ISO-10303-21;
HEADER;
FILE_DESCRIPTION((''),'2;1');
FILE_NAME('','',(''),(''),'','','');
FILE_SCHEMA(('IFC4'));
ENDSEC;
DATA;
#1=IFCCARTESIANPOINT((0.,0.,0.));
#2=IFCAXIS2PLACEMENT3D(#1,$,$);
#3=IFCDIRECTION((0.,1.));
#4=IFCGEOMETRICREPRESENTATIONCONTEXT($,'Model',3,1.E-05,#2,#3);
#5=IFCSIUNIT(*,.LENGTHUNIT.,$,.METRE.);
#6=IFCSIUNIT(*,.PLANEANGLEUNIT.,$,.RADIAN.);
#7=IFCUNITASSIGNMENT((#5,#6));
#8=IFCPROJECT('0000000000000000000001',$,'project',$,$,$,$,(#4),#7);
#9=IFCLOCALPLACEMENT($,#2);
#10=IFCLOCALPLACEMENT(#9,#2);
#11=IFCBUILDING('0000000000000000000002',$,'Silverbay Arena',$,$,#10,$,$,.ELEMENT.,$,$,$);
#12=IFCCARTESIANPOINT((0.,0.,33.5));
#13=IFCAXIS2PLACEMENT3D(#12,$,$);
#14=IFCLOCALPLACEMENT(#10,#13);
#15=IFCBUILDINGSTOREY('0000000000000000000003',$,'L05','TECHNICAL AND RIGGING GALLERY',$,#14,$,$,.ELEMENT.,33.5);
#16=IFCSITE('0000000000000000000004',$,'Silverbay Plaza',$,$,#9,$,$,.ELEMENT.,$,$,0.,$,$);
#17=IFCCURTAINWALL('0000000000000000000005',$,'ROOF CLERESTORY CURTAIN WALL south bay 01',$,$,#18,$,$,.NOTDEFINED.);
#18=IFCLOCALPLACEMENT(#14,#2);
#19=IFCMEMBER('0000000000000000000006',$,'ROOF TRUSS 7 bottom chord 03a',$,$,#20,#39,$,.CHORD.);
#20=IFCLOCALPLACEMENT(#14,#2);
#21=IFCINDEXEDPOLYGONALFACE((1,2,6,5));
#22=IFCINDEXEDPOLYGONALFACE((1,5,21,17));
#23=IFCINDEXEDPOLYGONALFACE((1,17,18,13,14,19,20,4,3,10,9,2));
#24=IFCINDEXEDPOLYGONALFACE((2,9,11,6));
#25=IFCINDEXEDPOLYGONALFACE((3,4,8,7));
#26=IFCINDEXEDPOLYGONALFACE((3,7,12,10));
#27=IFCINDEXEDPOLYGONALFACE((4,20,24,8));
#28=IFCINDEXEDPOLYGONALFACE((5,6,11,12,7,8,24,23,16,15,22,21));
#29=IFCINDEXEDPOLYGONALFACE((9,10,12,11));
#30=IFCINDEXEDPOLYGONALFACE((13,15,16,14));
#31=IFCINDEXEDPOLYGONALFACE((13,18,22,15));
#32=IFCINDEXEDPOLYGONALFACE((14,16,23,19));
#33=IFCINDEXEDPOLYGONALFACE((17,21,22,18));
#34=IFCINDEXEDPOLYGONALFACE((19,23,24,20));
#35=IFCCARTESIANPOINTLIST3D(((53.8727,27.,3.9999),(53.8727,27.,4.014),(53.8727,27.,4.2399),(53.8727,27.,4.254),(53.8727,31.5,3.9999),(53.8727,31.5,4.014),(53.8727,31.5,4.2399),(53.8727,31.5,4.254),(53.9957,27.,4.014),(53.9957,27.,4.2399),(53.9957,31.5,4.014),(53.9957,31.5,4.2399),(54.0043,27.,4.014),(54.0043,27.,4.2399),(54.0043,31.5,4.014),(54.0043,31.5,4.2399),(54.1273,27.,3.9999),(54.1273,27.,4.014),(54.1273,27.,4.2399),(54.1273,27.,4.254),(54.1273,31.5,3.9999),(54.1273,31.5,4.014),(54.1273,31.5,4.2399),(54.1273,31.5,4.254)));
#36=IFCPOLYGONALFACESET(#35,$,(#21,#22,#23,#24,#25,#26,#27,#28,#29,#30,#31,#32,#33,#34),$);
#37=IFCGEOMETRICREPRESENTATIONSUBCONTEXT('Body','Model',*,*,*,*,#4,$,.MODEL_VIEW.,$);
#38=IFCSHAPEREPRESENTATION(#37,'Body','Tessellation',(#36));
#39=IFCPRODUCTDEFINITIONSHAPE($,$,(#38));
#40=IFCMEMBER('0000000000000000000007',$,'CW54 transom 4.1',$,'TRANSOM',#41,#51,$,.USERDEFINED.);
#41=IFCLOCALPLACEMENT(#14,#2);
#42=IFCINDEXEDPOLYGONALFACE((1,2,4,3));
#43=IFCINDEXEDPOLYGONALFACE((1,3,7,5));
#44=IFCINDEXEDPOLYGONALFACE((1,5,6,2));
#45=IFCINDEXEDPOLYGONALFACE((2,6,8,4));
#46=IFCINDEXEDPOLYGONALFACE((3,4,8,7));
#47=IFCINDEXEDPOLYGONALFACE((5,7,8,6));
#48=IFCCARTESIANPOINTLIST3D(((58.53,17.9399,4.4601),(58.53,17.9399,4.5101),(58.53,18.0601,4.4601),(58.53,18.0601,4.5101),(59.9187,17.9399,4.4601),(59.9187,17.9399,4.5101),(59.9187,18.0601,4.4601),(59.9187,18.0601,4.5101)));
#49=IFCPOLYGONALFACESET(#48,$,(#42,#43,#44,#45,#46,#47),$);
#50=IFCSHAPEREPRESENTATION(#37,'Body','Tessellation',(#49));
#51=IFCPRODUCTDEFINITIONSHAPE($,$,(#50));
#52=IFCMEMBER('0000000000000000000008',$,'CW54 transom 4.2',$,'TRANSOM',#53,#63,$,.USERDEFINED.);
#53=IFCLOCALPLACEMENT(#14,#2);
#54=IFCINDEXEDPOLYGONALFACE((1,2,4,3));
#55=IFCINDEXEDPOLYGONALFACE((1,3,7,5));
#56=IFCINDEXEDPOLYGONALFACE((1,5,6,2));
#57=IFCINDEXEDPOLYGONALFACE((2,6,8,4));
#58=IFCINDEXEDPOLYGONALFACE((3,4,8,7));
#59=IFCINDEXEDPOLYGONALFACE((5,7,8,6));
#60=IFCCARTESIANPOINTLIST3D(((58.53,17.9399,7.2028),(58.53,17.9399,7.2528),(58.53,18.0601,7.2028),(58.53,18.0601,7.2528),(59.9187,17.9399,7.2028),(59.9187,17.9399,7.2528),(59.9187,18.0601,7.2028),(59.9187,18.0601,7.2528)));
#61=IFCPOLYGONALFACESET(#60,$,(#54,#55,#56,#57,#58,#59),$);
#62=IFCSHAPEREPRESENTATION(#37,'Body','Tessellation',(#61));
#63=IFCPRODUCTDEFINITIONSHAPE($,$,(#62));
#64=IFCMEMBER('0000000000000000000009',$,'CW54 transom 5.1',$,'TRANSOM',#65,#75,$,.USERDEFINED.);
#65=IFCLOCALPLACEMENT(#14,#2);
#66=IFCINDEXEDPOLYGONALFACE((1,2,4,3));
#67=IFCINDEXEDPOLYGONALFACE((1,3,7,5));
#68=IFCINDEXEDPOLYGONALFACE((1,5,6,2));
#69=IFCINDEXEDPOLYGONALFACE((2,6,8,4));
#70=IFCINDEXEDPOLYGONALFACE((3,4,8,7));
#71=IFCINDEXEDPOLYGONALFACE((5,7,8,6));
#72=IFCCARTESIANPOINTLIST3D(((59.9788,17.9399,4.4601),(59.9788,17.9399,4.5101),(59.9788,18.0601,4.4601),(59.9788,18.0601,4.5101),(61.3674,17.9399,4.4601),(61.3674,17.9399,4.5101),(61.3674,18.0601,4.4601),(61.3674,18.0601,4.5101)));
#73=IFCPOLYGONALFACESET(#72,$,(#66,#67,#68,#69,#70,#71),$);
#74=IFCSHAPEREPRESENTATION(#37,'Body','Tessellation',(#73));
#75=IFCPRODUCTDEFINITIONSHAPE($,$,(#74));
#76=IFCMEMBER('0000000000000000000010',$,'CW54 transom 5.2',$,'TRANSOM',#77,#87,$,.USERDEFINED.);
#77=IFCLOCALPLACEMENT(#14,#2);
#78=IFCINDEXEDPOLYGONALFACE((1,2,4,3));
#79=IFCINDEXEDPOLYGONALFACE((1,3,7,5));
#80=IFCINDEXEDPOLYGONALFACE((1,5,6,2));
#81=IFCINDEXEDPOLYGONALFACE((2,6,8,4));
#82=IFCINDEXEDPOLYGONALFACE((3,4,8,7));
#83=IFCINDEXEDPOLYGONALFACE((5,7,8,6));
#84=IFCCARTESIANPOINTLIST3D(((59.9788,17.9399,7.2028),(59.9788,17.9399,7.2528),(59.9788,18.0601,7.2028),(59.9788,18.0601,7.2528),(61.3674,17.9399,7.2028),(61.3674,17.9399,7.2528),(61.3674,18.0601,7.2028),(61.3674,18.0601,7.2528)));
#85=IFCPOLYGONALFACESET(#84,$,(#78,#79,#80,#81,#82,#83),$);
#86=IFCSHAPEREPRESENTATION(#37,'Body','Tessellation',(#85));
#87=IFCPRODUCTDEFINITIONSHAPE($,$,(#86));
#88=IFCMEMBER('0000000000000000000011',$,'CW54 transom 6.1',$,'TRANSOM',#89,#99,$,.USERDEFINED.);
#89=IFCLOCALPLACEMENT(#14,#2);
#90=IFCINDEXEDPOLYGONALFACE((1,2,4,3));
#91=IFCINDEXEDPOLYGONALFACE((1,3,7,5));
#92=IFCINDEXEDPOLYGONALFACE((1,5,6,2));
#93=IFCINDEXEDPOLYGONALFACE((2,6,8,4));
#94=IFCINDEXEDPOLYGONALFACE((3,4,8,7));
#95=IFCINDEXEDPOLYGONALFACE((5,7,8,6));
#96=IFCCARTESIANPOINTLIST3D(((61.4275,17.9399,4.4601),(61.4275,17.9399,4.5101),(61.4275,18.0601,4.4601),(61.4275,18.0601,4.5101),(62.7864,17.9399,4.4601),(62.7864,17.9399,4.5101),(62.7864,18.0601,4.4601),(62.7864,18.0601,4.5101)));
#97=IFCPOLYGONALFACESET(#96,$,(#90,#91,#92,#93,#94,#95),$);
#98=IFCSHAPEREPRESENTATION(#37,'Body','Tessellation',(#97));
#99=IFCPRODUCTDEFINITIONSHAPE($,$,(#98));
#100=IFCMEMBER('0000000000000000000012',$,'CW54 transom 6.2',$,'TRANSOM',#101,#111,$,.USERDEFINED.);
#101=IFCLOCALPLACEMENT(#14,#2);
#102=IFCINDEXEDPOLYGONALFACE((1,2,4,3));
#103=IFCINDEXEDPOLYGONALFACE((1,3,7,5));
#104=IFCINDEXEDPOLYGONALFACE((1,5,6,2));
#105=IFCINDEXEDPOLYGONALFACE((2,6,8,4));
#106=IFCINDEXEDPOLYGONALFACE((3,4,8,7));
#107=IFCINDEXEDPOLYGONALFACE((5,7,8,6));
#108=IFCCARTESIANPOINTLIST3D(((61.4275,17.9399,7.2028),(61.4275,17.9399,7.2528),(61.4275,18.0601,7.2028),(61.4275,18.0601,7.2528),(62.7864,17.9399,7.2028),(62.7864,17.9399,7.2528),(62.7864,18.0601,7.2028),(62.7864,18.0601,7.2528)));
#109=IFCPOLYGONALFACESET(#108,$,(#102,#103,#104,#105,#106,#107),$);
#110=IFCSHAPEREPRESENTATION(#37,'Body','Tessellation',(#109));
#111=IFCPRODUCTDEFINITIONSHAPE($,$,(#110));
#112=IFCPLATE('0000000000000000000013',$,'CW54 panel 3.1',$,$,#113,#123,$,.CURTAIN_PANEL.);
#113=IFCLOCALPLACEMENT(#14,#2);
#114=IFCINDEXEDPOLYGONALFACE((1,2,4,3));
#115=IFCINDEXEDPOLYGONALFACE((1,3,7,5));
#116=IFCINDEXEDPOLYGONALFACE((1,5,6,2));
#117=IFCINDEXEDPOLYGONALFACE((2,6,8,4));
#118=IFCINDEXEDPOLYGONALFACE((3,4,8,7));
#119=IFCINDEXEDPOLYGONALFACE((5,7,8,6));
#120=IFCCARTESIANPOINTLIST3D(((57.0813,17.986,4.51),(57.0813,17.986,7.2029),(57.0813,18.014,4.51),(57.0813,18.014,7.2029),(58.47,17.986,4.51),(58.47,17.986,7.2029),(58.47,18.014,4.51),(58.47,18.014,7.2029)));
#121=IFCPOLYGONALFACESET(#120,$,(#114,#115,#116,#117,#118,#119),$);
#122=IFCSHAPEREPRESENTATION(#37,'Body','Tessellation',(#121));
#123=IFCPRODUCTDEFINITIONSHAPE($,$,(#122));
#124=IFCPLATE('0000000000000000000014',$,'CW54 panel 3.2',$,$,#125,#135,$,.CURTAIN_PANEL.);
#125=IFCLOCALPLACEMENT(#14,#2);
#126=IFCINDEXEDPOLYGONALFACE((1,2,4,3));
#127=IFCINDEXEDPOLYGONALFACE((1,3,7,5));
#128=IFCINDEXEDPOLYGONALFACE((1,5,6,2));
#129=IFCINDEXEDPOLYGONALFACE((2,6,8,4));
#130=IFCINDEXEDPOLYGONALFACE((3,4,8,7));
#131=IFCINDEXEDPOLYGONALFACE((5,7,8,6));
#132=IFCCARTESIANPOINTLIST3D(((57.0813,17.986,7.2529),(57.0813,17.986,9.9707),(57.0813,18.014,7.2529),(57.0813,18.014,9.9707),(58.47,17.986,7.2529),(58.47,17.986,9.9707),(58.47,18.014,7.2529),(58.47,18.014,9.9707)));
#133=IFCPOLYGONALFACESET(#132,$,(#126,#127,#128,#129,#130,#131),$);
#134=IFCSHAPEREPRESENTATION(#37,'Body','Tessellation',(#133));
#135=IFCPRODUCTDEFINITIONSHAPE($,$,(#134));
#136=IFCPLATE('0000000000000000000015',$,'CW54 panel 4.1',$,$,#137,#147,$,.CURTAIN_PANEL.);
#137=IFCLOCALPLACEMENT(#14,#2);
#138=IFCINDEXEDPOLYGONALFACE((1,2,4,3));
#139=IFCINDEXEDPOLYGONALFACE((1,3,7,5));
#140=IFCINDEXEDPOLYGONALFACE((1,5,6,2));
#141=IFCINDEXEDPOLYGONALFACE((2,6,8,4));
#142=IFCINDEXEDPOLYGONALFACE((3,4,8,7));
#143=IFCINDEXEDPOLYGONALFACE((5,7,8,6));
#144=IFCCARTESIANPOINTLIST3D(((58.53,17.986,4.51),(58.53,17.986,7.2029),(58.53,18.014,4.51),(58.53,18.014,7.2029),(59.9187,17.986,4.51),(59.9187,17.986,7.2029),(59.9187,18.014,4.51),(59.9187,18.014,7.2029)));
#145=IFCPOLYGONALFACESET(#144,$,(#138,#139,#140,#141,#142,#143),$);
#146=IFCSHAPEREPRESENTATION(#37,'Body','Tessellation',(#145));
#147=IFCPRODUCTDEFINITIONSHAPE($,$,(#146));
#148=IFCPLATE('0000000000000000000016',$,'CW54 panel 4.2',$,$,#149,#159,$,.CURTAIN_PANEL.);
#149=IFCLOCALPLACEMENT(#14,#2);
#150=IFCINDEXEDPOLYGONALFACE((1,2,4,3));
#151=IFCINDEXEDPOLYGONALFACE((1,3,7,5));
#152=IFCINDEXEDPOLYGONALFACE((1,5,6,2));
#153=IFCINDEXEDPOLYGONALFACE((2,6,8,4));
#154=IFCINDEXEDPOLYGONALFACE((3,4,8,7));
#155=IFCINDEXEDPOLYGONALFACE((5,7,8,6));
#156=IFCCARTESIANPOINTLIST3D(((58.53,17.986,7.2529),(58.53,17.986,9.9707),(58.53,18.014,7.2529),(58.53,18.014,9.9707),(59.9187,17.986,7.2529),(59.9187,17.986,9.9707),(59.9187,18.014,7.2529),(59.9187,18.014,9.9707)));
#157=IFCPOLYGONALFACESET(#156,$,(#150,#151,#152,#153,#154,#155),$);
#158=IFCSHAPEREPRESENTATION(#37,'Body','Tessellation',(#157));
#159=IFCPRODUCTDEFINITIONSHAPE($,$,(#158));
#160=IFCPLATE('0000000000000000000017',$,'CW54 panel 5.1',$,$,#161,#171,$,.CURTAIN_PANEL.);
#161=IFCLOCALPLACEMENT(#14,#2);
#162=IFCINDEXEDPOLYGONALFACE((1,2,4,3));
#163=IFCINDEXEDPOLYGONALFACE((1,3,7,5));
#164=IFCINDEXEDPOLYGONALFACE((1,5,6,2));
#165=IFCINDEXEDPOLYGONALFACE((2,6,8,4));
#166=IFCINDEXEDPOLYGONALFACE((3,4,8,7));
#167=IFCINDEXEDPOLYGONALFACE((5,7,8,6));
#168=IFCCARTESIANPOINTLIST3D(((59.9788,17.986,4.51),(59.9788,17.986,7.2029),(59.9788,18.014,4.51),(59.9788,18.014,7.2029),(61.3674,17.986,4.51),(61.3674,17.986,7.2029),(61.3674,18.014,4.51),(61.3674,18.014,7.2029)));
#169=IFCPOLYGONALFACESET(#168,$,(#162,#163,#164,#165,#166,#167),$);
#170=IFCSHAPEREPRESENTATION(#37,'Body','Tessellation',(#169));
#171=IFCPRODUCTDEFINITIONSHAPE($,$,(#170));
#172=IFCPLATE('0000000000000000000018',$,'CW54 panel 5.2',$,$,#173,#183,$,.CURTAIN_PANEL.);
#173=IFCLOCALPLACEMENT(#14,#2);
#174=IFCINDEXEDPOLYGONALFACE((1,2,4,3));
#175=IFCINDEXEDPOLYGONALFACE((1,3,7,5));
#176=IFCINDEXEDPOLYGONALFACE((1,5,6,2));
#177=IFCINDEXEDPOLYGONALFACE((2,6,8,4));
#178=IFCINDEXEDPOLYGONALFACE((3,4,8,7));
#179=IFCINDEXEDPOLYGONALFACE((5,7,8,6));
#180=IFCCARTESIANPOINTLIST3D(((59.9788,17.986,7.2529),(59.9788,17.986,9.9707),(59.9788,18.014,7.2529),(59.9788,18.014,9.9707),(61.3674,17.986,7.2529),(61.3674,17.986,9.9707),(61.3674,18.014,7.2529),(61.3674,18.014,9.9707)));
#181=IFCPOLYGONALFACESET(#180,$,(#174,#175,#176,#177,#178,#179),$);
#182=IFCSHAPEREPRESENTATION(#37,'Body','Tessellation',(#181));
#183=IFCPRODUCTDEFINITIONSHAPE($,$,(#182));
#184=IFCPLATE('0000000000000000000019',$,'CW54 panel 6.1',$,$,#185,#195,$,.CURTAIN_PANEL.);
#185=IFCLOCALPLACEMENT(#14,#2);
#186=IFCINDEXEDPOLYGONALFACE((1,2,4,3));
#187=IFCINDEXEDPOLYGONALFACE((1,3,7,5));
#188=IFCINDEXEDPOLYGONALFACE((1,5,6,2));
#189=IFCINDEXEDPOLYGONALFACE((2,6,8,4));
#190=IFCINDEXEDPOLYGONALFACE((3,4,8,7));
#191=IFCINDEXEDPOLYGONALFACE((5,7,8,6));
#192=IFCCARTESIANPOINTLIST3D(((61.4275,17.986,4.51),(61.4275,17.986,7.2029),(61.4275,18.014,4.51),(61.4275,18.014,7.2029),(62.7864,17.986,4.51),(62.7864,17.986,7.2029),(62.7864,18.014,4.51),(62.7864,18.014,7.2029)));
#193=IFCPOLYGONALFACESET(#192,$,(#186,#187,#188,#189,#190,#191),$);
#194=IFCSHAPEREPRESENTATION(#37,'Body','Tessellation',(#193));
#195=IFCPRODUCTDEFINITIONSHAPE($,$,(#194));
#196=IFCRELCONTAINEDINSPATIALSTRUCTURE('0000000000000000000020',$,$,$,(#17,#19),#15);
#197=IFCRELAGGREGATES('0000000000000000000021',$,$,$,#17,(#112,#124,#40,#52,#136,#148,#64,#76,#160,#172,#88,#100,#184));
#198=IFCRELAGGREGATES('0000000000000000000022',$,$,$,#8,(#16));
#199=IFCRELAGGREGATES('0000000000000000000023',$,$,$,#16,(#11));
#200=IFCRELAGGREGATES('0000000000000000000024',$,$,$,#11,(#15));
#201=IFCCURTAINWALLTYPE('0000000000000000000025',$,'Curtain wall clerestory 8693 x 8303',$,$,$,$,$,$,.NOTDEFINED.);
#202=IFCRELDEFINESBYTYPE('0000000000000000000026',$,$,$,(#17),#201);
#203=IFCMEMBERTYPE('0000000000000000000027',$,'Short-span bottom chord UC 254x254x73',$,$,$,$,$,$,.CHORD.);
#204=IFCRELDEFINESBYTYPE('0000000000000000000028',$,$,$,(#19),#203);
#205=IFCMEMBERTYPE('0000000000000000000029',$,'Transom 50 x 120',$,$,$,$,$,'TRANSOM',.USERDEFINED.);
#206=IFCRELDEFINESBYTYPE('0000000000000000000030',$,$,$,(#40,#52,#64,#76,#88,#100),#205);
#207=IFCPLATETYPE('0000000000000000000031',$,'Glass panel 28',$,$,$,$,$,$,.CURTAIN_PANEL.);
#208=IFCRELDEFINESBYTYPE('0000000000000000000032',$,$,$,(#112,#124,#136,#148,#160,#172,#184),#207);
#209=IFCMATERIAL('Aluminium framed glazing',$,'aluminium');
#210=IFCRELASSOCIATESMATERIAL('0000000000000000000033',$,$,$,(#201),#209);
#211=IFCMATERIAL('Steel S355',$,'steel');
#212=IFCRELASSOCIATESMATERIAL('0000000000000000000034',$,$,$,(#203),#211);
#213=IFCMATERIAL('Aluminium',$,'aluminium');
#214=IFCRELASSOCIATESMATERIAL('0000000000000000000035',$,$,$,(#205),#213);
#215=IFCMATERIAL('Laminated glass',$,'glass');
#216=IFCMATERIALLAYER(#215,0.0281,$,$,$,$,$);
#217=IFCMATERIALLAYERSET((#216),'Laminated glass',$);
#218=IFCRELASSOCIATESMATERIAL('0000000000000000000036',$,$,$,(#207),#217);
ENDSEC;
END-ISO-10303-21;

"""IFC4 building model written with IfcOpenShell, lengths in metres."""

from ifc_helpers import new_model, si_unit, direction, frame, origin, origin_2d, place, context, subcontext, project, spatial, rectangle, i_section, extrude, material, layer, layer_set, material_profile, profile_set, type_object, element, aggregate, save


model = new_model("IFC4")

# Units and contexts
model_context = context("Model", 3, precision=1e-05, world=origin(), true_north=direction((0.0, 1.0)))
body_context = subcontext(model_context, "Body", "Model", "MODEL_VIEW")
ifc_project = project(units=[si_unit("LENGTHUNIT", "METRE"), si_unit("PLANEANGLEUNIT", "RADIAN")], contexts=[model_context])

# Site, building, storey
site_placement = place(None, origin())
site = spatial("IfcSite", under=ifc_project, at=site_placement, Name="Silverbay Plaza", CompositionType="ELEMENT", RefElevation=0.0)
building_placement = place(site_placement, origin())
building = spatial("IfcBuilding", under=site, at=building_placement, Name="Silverbay Arena", CompositionType="ELEMENT")
storey_placement = place(building_placement, frame((0.0, 0.0, 33.5)))
storey = spatial("IfcBuildingStorey", under=building, at=storey_placement, Name="L05", Description="TECHNICAL AND RIGGING GALLERY", CompositionType="ELEMENT", Elevation=33.5)

# Curtain wall
ifc_material_1 = material(Name="Aluminium framed glazing", Category="aluminium")
curtain_wall_type_1 = type_object("IfcCurtainWallType", Name="Curtain wall clerestory 8693 x 8303", PredefinedType="NOTDEFINED", material=ifc_material_1)
curtain_wall_1_placement = place(storey_placement, origin())
curtain_wall_1 = element("IfcCurtainWall", 1, at=curtain_wall_1_placement, inside=storey, type_object=curtain_wall_type_1, Name="ROOF CLERESTORY CURTAIN WALL south bay 01", PredefinedType="NOTDEFINED")

# Member
ifc_material_2 = material(Name="Steel S355", Category="steel")
ifc_material_profile_1 = material_profile(ifc_material_2, i_section(OverallWidth=0.2546, OverallDepth=0.2542, WebThickness=0.0085, FlangeThickness=0.0142, at=origin_2d()), Name="UC 254x254x73")
ifc_profile_set_1 = profile_set([ifc_material_profile_1], Name="Steel S355")
member_type_1 = type_object("IfcMemberType", Name="Short-span bottom chord UC 254x254x73", PredefinedType="CHORD", material=ifc_profile_set_1)
for number, where, z_axis, x_axis, name in (
    (2, (54.0, 27.0, 4.127), (0.0, 1.0, 0.0), (-1.0, 0.0, 0.0), "ROOF TRUSS 7 bottom chord 03a"),
):
    element("IfcMember", number, at=place(storey_placement, frame(where, z_axis=z_axis, x_axis=x_axis)), inside=storey, type_object=member_type_1, Name=name, PredefinedType="CHORD", context=body_context, shape_type="SweptSolid", body=[
        extrude(i_section(OverallWidth=0.2546, OverallDepth=0.2542, WebThickness=0.0085, FlangeThickness=0.0142, at=origin_2d()), origin(), (0.0, 0.0, 1.0), 4.5),
    ])

# Members
ifc_material_3 = material(Name="Aluminium", Category="aluminium")
ifc_material_profile_2 = material_profile(ifc_material_3, rectangle(XDim=0.1201, YDim=0.05, at=origin_2d()), Name="Transom 50 x 120")
ifc_profile_set_2 = profile_set([ifc_material_profile_2], Name="Aluminium")
member_type_2 = type_object("IfcMemberType", Name="Transom 50 x 120", ElementType="TRANSOM", PredefinedType="USERDEFINED", material=ifc_profile_set_2)
member_1_placement = place(storey_placement, frame((58.53, 18.0, 4.4851), z_axis=(1.0, 0.0, 0.0), x_axis=(0.0, 1.0, 0.0)))
member_1 = element("IfcMember", 3, at=member_1_placement, type_object=member_type_2, Name="CW54 transom 4.1", ObjectType="TRANSOM", PredefinedType="USERDEFINED", context=body_context, shape_type="SweptSolid", body=[
    extrude(rectangle(XDim=0.1201, YDim=0.05, at=origin_2d()), origin(), (0.0, 0.0, 1.0), 1.3887),
])
member_2_placement = place(storey_placement, frame((58.53, 18.0, 7.2278), z_axis=(1.0, 0.0, 0.0), x_axis=(0.0, 1.0, 0.0)))
member_2 = element("IfcMember", 4, at=member_2_placement, type_object=member_type_2, Name="CW54 transom 4.2", ObjectType="TRANSOM", PredefinedType="USERDEFINED", context=body_context, shape_type="SweptSolid", body=[
    extrude(rectangle(XDim=0.1201, YDim=0.05, at=origin_2d()), origin(), (0.0, 0.0, 1.0), 1.3887),
])
member_3_placement = place(storey_placement, frame((59.9788, 18.0, 4.4851), z_axis=(1.0, 0.0, 0.0), x_axis=(0.0, 1.0, 0.0)))
member_3 = element("IfcMember", 5, at=member_3_placement, type_object=member_type_2, Name="CW54 transom 5.1", ObjectType="TRANSOM", PredefinedType="USERDEFINED", context=body_context, shape_type="SweptSolid", body=[
    extrude(rectangle(XDim=0.1201, YDim=0.05, at=origin_2d()), origin(), (0.0, 0.0, 1.0), 1.3887),
])
member_4_placement = place(storey_placement, frame((59.9788, 18.0, 7.2278), z_axis=(1.0, 0.0, 0.0), x_axis=(0.0, 1.0, 0.0)))
member_4 = element("IfcMember", 6, at=member_4_placement, type_object=member_type_2, Name="CW54 transom 5.2", ObjectType="TRANSOM", PredefinedType="USERDEFINED", context=body_context, shape_type="SweptSolid", body=[
    extrude(rectangle(XDim=0.1201, YDim=0.05, at=origin_2d()), origin(), (0.0, 0.0, 1.0), 1.3887),
])
member_5_placement = place(storey_placement, frame((61.4275, 18.0, 4.4851), z_axis=(1.0, 0.0, 0.0), x_axis=(0.0, 1.0, 0.0)))
member_5 = element("IfcMember", 7, at=member_5_placement, type_object=member_type_2, Name="CW54 transom 6.1", ObjectType="TRANSOM", PredefinedType="USERDEFINED", context=body_context, shape_type="SweptSolid", body=[
    extrude(rectangle(XDim=0.1201, YDim=0.05, at=origin_2d()), origin(), (0.0, 0.0, 1.0), 1.3589),
])
member_6_placement = place(storey_placement, frame((61.4275, 18.0, 7.2278), z_axis=(1.0, 0.0, 0.0), x_axis=(0.0, 1.0, 0.0)))
member_6 = element("IfcMember", 8, at=member_6_placement, type_object=member_type_2, Name="CW54 transom 6.2", ObjectType="TRANSOM", PredefinedType="USERDEFINED", context=body_context, shape_type="SweptSolid", body=[
    extrude(rectangle(XDim=0.1201, YDim=0.05, at=origin_2d()), origin(), (0.0, 0.0, 1.0), 1.3589),
])

# Plates
ifc_material_4 = material(Name="Laminated glass", Category="glass")
ifc_layer_1 = layer(ifc_material_4, 0.0281)
ifc_layer_set_1 = layer_set([ifc_layer_1], Name="Laminated glass")
plate_type = type_object("IfcPlateType", Name="Glass panel 28", PredefinedType="CURTAIN_PANEL", material=ifc_layer_set_1)
plate_1_placement = place(storey_placement, frame((57.7756, 18.0, 4.51), z_axis=(0.0, 0.0, 1.0), x_axis=(1.0, 0.0, 0.0)))
plate_1 = element("IfcPlate", 9, at=plate_1_placement, type_object=plate_type, Name="CW54 panel 3.1", PredefinedType="CURTAIN_PANEL", context=body_context, shape_type="SweptSolid", body=[
    extrude(rectangle(XDim=1.3887, YDim=0.0281, at=origin_2d()), origin(), (0.0, 0.0, 1.0), 2.6929),
])
plate_2_placement = place(storey_placement, frame((57.7756, 18.0, 7.2529), z_axis=(0.0, 0.0, 1.0), x_axis=(1.0, 0.0, 0.0)))
plate_2 = element("IfcPlate", 10, at=plate_2_placement, type_object=plate_type, Name="CW54 panel 3.2", PredefinedType="CURTAIN_PANEL", context=body_context, shape_type="SweptSolid", body=[
    extrude(rectangle(XDim=1.3887, YDim=0.0281, at=origin_2d()), origin(), (0.0, 0.0, 1.0), 2.7178),
])
plate_3_placement = place(storey_placement, frame((59.2244, 18.0, 4.51), z_axis=(0.0, 0.0, 1.0), x_axis=(1.0, 0.0, 0.0)))
plate_3 = element("IfcPlate", 11, at=plate_3_placement, type_object=plate_type, Name="CW54 panel 4.1", PredefinedType="CURTAIN_PANEL", context=body_context, shape_type="SweptSolid", body=[
    extrude(rectangle(XDim=1.3887, YDim=0.0281, at=origin_2d()), origin(), (0.0, 0.0, 1.0), 2.6929),
])
plate_4_placement = place(storey_placement, frame((59.2244, 18.0, 7.2529), z_axis=(0.0, 0.0, 1.0), x_axis=(1.0, 0.0, 0.0)))
plate_4 = element("IfcPlate", 12, at=plate_4_placement, type_object=plate_type, Name="CW54 panel 4.2", PredefinedType="CURTAIN_PANEL", context=body_context, shape_type="SweptSolid", body=[
    extrude(rectangle(XDim=1.3887, YDim=0.0281, at=origin_2d()), origin(), (0.0, 0.0, 1.0), 2.7178),
])
plate_5_placement = place(storey_placement, frame((60.6731, 18.0, 4.51), z_axis=(0.0, 0.0, 1.0), x_axis=(1.0, 0.0, 0.0)))
plate_5 = element("IfcPlate", 13, at=plate_5_placement, type_object=plate_type, Name="CW54 panel 5.1", PredefinedType="CURTAIN_PANEL", context=body_context, shape_type="SweptSolid", body=[
    extrude(rectangle(XDim=1.3887, YDim=0.0281, at=origin_2d()), origin(), (0.0, 0.0, 1.0), 2.6929),
])
plate_6_placement = place(storey_placement, frame((60.6731, 18.0, 7.2529), z_axis=(0.0, 0.0, 1.0), x_axis=(1.0, 0.0, 0.0)))
plate_6 = element("IfcPlate", 14, at=plate_6_placement, type_object=plate_type, Name="CW54 panel 5.2", PredefinedType="CURTAIN_PANEL", context=body_context, shape_type="SweptSolid", body=[
    extrude(rectangle(XDim=1.3887, YDim=0.0281, at=origin_2d()), origin(), (0.0, 0.0, 1.0), 2.7178),
])
plate_7_placement = place(storey_placement, frame((62.1069, 18.0, 4.51), z_axis=(0.0, 0.0, 1.0), x_axis=(1.0, 0.0, 0.0)))
plate_7 = element("IfcPlate", 15, at=plate_7_placement, type_object=plate_type, Name="CW54 panel 6.1", PredefinedType="CURTAIN_PANEL", context=body_context, shape_type="SweptSolid", body=[
    extrude(rectangle(XDim=1.3589, YDim=0.0281, at=origin_2d()), origin(), (0.0, 0.0, 1.0), 2.6929),
])
aggregate(curtain_wall_1, [plate_1, plate_2, member_1, member_2, plate_3, plate_4, member_3, member_4, plate_5, plate_6, member_5, member_6, plate_7])

save(model, "model.ifc")
